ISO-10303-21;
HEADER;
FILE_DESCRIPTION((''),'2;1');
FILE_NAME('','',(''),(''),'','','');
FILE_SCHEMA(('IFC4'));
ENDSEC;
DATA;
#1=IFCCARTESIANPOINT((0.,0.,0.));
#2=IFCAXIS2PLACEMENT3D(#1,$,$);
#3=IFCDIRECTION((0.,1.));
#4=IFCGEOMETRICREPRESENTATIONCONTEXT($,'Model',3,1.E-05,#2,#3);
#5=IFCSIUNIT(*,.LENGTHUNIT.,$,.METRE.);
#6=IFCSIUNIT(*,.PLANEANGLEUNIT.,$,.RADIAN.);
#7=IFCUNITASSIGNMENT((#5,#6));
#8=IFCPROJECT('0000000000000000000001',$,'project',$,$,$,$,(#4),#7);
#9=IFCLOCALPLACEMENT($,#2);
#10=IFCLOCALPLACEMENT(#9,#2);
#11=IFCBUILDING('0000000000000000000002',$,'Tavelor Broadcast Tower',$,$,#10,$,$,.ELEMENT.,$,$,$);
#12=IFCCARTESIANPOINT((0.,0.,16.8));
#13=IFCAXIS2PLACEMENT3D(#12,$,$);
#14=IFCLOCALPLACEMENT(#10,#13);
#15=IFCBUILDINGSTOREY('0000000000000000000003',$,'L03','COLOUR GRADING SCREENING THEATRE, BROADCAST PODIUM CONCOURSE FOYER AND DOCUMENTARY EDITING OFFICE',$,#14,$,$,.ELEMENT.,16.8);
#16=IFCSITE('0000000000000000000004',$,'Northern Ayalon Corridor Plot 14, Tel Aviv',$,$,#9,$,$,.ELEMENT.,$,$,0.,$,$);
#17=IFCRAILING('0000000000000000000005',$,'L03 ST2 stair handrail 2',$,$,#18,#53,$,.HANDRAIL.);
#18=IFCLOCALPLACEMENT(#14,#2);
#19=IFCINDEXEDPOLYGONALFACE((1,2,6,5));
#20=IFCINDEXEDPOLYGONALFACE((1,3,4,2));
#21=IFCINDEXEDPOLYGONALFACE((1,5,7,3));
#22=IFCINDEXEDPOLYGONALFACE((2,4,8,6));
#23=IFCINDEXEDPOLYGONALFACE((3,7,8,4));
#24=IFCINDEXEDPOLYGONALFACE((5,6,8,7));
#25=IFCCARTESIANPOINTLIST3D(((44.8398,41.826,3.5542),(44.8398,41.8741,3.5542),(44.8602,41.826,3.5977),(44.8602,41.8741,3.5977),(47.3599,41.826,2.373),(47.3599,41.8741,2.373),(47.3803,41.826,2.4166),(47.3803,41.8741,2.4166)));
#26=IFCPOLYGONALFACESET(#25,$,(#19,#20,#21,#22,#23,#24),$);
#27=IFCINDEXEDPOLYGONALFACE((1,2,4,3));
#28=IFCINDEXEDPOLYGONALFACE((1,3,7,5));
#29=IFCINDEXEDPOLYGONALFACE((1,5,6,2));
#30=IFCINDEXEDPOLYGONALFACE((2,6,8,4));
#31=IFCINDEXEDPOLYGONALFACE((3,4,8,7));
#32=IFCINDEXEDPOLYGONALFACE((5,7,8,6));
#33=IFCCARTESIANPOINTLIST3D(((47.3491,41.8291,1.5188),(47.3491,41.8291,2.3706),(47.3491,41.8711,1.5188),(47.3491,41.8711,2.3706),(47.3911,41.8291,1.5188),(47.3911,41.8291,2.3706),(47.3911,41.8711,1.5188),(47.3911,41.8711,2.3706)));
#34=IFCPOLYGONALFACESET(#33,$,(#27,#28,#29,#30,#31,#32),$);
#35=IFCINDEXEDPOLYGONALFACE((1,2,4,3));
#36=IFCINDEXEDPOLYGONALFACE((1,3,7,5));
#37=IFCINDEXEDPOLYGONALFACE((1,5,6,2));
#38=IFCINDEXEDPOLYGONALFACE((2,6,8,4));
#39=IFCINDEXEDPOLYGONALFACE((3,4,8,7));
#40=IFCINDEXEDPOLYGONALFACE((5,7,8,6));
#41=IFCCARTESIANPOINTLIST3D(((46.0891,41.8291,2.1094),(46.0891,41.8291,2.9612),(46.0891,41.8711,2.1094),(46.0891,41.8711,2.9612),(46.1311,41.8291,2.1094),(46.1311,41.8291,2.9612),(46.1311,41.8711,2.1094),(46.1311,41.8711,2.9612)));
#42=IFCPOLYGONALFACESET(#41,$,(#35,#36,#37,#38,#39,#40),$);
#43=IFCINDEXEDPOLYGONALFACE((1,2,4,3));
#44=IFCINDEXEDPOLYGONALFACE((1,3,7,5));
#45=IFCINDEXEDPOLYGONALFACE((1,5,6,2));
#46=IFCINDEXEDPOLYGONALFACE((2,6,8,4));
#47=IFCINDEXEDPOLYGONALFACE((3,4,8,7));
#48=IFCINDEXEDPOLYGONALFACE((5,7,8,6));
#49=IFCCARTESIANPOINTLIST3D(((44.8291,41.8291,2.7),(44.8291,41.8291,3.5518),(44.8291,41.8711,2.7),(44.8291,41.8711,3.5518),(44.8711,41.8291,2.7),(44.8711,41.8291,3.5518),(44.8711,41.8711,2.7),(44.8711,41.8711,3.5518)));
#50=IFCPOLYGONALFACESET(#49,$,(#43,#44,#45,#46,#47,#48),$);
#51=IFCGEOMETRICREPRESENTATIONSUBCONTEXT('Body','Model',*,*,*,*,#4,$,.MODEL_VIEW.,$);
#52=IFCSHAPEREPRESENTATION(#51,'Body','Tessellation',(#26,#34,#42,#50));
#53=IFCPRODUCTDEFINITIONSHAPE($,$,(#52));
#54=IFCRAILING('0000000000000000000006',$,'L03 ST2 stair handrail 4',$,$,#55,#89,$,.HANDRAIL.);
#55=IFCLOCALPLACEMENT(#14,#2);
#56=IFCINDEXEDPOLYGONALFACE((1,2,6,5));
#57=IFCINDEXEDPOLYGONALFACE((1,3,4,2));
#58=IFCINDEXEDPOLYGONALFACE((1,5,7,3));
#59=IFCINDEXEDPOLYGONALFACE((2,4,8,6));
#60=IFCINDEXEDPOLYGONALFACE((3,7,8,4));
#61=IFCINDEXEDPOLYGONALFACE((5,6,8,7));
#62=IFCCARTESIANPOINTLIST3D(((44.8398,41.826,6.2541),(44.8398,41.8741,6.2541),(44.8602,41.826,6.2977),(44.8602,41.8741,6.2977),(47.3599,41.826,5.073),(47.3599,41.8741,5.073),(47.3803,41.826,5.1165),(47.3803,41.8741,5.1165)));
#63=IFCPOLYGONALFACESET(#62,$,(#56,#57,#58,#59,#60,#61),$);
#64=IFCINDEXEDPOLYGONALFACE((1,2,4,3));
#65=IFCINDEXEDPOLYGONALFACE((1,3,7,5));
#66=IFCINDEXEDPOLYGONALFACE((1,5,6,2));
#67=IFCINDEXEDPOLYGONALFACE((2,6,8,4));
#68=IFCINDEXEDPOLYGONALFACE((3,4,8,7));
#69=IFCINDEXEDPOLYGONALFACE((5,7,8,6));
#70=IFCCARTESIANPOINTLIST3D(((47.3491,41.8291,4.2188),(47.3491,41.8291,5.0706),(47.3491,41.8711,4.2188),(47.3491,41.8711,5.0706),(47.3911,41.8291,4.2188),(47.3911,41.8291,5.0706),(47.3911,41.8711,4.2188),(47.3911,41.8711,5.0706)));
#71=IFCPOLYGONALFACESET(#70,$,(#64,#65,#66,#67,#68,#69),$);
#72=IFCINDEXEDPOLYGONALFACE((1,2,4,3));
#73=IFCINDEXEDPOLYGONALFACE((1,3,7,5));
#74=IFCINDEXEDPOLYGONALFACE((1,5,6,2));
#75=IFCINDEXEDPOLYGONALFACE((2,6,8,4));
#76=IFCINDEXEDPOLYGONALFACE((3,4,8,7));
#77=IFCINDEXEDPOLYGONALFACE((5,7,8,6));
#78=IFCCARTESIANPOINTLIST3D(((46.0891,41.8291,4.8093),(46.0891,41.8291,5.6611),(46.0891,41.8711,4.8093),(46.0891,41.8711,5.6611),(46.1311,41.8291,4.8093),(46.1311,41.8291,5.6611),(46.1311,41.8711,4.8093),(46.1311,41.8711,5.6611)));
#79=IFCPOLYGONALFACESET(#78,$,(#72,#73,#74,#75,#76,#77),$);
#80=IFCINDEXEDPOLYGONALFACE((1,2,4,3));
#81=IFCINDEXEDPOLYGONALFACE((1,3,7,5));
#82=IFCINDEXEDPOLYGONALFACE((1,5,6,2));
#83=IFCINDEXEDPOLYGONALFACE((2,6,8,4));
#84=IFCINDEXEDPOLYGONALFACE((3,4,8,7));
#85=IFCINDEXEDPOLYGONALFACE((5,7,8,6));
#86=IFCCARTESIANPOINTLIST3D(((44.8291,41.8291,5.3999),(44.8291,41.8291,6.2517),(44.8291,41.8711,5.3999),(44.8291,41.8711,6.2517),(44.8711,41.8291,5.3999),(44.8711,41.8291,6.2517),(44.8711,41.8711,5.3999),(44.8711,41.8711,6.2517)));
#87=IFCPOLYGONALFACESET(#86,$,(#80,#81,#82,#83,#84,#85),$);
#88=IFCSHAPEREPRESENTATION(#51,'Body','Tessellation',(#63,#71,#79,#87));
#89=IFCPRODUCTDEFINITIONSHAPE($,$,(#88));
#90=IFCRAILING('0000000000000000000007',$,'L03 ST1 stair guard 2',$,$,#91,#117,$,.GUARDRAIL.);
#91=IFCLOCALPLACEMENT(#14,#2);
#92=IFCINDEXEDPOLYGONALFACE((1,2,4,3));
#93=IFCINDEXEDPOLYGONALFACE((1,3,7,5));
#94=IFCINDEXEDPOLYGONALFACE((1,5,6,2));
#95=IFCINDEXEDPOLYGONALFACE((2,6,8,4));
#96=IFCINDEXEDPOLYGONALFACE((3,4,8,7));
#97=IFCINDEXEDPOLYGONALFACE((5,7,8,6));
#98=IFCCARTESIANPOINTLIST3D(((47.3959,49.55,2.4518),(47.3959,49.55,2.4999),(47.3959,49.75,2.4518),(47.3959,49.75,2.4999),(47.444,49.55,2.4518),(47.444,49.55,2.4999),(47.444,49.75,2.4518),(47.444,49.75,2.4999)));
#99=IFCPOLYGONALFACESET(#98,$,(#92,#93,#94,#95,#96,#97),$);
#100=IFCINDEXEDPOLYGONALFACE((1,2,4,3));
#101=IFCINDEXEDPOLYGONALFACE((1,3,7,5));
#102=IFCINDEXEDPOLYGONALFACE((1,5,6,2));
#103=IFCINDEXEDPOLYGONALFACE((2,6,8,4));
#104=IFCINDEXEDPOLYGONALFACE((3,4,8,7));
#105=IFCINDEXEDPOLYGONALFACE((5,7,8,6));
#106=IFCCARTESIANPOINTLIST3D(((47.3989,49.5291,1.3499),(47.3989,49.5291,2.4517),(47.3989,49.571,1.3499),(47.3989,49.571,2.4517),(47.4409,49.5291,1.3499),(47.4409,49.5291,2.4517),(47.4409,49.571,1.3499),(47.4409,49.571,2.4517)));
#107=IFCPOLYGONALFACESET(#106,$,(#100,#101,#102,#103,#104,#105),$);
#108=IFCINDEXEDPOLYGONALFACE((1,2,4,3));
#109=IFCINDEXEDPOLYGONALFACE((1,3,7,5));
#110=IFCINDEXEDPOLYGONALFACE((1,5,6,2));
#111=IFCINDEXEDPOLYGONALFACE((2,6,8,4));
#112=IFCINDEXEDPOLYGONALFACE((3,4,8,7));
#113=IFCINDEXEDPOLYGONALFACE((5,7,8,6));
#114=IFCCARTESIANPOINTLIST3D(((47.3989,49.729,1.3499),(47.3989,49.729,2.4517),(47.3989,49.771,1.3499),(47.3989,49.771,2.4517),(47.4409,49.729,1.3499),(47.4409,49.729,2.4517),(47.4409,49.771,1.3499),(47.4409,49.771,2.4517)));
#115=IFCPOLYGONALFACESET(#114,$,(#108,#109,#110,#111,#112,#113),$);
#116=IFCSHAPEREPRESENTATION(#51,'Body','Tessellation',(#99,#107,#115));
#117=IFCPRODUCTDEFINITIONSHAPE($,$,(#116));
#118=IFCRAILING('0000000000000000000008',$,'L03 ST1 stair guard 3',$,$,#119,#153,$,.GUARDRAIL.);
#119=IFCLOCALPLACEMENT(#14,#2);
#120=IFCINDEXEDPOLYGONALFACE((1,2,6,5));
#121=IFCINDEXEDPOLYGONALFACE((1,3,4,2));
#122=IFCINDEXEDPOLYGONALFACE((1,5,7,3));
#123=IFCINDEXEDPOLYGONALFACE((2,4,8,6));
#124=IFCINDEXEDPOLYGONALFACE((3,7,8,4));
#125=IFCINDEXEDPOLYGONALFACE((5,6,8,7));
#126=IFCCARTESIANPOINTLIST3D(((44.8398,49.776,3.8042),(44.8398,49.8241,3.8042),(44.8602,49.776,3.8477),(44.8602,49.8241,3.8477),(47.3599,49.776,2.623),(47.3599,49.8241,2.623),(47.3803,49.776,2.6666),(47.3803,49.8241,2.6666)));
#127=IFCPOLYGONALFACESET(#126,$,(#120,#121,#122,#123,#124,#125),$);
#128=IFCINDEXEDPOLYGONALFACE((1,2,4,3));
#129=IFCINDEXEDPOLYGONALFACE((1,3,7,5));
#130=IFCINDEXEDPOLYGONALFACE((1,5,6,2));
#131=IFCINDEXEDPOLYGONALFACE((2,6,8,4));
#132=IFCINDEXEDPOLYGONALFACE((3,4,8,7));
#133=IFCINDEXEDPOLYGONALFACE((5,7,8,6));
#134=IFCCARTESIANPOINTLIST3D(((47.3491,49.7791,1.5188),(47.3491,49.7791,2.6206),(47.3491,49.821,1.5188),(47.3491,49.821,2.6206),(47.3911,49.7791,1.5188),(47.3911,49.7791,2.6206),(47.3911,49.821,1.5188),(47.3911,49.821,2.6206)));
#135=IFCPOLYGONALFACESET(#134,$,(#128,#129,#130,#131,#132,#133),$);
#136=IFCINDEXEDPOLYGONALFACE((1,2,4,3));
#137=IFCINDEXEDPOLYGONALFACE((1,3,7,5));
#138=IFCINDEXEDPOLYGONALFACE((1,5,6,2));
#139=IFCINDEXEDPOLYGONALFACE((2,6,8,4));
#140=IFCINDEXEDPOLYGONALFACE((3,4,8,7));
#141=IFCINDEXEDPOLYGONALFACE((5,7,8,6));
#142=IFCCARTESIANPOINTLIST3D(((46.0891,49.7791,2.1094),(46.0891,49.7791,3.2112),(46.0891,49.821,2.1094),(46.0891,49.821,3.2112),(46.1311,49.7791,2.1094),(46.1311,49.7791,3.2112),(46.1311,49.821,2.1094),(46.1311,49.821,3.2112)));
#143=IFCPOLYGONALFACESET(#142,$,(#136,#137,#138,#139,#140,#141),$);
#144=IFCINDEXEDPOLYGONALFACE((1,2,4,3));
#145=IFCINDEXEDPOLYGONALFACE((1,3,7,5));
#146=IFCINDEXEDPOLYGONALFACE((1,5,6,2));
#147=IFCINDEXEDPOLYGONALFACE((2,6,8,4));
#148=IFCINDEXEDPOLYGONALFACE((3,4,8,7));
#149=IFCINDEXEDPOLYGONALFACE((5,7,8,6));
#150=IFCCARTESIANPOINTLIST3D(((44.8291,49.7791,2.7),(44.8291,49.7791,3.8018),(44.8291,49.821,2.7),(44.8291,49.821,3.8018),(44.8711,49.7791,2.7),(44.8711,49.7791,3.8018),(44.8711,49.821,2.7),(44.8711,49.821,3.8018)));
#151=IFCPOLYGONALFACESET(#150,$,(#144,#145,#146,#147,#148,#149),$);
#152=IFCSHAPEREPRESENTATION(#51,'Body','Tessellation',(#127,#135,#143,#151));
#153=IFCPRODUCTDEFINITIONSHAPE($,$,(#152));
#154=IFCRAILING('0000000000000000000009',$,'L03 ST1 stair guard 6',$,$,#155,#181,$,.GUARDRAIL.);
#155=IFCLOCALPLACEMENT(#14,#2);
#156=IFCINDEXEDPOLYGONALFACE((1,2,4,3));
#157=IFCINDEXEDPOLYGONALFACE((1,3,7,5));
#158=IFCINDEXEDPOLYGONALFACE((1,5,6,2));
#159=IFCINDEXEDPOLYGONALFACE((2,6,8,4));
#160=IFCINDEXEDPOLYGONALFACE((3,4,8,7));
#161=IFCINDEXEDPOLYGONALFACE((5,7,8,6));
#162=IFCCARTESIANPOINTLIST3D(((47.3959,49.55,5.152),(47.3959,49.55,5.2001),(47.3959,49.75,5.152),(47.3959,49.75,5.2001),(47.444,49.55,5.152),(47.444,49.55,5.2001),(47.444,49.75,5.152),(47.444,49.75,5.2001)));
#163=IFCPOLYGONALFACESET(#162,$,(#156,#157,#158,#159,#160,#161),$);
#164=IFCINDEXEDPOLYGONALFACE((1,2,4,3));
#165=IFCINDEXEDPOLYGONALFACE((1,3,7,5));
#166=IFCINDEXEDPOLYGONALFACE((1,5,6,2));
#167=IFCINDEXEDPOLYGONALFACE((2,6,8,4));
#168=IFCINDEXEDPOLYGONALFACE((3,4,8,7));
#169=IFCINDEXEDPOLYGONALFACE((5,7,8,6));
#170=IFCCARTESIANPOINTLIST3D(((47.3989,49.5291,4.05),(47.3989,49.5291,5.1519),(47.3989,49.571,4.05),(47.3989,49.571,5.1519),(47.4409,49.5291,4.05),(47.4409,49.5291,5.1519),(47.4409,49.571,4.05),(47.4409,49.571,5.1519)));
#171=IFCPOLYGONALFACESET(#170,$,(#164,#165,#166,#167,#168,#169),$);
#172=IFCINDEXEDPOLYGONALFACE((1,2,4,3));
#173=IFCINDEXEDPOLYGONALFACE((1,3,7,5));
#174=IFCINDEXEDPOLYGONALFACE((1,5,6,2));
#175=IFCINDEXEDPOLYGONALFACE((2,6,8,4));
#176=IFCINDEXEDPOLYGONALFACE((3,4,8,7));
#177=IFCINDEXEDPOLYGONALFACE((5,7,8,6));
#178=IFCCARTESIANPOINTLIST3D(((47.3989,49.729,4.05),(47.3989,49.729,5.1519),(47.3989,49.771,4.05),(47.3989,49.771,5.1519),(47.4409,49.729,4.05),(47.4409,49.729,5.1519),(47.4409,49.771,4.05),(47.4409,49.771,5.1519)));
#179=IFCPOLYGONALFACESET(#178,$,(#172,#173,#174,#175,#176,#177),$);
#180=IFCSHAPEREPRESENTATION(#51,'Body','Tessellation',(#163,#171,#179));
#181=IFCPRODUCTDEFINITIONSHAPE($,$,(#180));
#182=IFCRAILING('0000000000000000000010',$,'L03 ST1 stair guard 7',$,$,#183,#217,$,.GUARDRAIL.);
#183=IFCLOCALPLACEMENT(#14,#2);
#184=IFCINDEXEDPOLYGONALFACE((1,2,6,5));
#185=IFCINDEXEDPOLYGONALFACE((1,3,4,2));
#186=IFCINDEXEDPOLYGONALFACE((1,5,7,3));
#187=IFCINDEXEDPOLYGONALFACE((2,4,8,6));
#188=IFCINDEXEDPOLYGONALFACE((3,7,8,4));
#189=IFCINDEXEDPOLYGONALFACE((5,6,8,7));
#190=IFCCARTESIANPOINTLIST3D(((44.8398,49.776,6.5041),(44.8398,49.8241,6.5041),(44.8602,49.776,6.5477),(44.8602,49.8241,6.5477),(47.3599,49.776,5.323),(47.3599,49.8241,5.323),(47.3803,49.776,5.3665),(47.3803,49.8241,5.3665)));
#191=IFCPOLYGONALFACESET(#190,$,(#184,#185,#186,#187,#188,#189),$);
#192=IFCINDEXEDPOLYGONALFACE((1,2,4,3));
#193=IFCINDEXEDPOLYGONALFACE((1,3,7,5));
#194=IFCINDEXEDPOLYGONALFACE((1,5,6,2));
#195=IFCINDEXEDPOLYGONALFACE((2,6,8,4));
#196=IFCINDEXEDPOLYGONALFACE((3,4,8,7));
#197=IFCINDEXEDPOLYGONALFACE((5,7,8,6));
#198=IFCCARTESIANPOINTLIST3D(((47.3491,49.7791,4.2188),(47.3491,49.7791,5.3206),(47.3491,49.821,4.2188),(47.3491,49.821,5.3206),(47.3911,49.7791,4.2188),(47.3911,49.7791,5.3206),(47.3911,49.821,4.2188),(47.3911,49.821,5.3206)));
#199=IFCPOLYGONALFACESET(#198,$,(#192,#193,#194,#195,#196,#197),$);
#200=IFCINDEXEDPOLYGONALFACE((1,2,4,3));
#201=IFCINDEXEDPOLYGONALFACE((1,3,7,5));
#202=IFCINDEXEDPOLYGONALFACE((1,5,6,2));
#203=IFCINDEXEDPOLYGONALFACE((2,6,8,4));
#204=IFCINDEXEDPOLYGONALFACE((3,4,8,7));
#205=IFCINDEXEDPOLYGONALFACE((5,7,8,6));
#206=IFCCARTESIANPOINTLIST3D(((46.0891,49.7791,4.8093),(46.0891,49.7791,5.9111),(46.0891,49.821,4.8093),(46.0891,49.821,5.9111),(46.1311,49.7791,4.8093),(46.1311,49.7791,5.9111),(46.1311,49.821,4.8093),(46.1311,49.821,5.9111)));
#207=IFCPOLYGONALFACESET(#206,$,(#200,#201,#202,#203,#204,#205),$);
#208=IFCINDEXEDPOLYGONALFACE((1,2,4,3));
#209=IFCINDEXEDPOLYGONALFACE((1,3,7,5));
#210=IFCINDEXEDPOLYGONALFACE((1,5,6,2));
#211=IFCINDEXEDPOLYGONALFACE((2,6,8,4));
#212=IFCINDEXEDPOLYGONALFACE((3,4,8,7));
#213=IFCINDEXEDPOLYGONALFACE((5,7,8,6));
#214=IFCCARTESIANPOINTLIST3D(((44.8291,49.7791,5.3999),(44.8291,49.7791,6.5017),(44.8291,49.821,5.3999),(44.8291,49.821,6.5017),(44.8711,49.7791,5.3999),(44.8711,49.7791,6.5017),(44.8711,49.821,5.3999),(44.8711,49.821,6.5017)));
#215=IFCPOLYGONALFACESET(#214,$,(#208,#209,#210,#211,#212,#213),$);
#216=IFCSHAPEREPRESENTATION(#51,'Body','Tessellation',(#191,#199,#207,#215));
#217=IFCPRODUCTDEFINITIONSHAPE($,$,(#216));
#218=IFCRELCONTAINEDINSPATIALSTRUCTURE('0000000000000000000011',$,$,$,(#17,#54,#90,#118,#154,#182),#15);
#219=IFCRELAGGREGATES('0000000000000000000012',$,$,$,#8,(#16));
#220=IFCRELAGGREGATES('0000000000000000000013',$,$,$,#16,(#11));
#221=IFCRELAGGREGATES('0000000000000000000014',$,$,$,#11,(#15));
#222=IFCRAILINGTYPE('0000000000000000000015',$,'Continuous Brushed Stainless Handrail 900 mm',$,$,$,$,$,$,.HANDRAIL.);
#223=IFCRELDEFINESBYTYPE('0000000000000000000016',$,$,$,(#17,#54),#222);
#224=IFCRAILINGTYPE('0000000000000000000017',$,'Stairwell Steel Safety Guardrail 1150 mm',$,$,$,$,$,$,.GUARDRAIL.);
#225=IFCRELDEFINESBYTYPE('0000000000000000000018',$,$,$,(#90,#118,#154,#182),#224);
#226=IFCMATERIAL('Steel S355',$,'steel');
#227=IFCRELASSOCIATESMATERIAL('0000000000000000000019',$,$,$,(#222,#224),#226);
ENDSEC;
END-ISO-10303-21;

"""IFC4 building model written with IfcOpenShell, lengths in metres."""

from ifc_helpers import new_model, si_unit, direction, frame, origin, origin_2d, place, context, subcontext, project, spatial, rectangle, extrude, material, type_object, element, save


model = new_model("IFC4")

# Units and contexts
model_context = context("Model", 3, precision=1e-05, world=origin(), true_north=direction((0.0, 1.0)))
body_context = subcontext(model_context, "Body", "Model", "MODEL_VIEW")
ifc_project = project(units=[si_unit("LENGTHUNIT", "METRE"), si_unit("PLANEANGLEUNIT", "RADIAN")], contexts=[model_context])

# Site, building, storey
site_placement = place(None, origin())
site = spatial("IfcSite", under=ifc_project, at=site_placement, Name="Northern Ayalon Corridor Plot 14, Tel Aviv", CompositionType="ELEMENT", RefElevation=0.0)
building_placement = place(site_placement, origin())
building = spatial("IfcBuilding", under=site, at=building_placement, Name="Tavelor Broadcast Tower", CompositionType="ELEMENT")
storey_placement = place(building_placement, frame((0.0, 0.0, 16.8)))
storey = spatial("IfcBuildingStorey", under=building, at=storey_placement, Name="L03", Description="COLOUR GRADING SCREENING THEATRE, BROADCAST PODIUM CONCOURSE FOYER AND DOCUMENTARY EDITING OFFICE", CompositionType="ELEMENT", Elevation=16.8)

# Shared definitions
ifc_material_1 = material(Name="Steel S355", Category="steel")

# Railings
railing_type_1 = type_object("IfcRailingType", Name="Continuous Brushed Stainless Handrail 900 mm", PredefinedType="HANDRAIL", material=ifc_material_1)
for number, where, name in (
    (1, (47.3701, 41.8501, 1.5188), "L03 ST2 stair handrail 2"),
    (2, (47.3701, 41.8501, 4.2188), "L03 ST2 stair handrail 4"),
):
    element("IfcRailing", number, at=place(storey_placement, frame(where)), inside=storey, type_object=railing_type_1, Name=name, PredefinedType="HANDRAIL", context=body_context, shape_type="SweptSolid", body=[
        extrude(rectangle(XDim=0.0481, YDim=0.0481, at=origin_2d()), frame((0.0, 0.0, 0.876), z_axis=(-0.905474, 0.0, 0.424402), x_axis=(0.0, -1.0, 0.0)), (0.0, 0.0, 1.0), 2.7832),
        extrude(rectangle(XDim=0.042, YDim=0.042, at=origin_2d()), origin(), (0.0, 0.0, 1.0), 0.8518),
        extrude(rectangle(XDim=0.042, YDim=0.042, at=origin_2d()), frame((-1.26, 0.0, 0.5906)), (0.0, 0.0, 1.0), 0.8518),
        extrude(rectangle(XDim=0.042, YDim=0.042, at=origin_2d()), frame((-2.52, 0.0, 1.1812)), (0.0, 0.0, 1.0), 0.8518),
    ])
railing_type_2 = type_object("IfcRailingType", Name="Stairwell Steel Safety Guardrail 1150 mm", PredefinedType="GUARDRAIL", material=ifc_material_1)
railing_1_placement = place(storey_placement, frame((47.4199, 49.55, 1.3499)))
element("IfcRailing", 3, at=railing_1_placement, inside=storey, type_object=railing_type_2, Name="L03 ST1 stair guard 2", PredefinedType="GUARDRAIL", context=body_context, shape_type="SweptSolid", body=[
    extrude(rectangle(XDim=0.0481, YDim=0.0481, at=origin_2d()), frame((0.0, 0.0, 1.126), z_axis=(0.0, 1.0, 0.0), x_axis=(-1.0, 0.0, 0.0)), (0.0, 0.0, 1.0), 0.2),
    extrude(rectangle(XDim=0.042, YDim=0.042, at=origin_2d()), origin(), (0.0, 0.0, 1.0), 1.1018),
    extrude(rectangle(XDim=0.042, YDim=0.042, at=origin_2d()), frame((0.0, 0.2, 0.0)), (0.0, 0.0, 1.0), 1.1018),
])
railing_2_placement = place(storey_placement, frame((47.3701, 49.8, 1.5188)))
element("IfcRailing", 4, at=railing_2_placement, inside=storey, type_object=railing_type_2, Name="L03 ST1 stair guard 3", PredefinedType="GUARDRAIL", context=body_context, shape_type="SweptSolid", body=[
    extrude(rectangle(XDim=0.0481, YDim=0.0481, at=origin_2d()), frame((0.0, 0.0, 1.126), z_axis=(-0.905474, 0.0, 0.424402), x_axis=(0.0, -1.0, 0.0)), (0.0, 0.0, 1.0), 2.7832),
    extrude(rectangle(XDim=0.042, YDim=0.042, at=origin_2d()), origin(), (0.0, 0.0, 1.0), 1.1018),
    extrude(rectangle(XDim=0.042, YDim=0.042, at=origin_2d()), frame((-1.26, 0.0, 0.5906)), (0.0, 0.0, 1.0), 1.1018),
    extrude(rectangle(XDim=0.042, YDim=0.042, at=origin_2d()), frame((-2.52, 0.0, 1.1812)), (0.0, 0.0, 1.0), 1.1018),
])
railing_3_placement = place(storey_placement, frame((47.4199, 49.55, 4.05)))
element("IfcRailing", 5, at=railing_3_placement, inside=storey, type_object=railing_type_2, Name="L03 ST1 stair guard 6", PredefinedType="GUARDRAIL", context=body_context, shape_type="SweptSolid", body=[
    extrude(rectangle(XDim=0.0481, YDim=0.0481, at=origin_2d()), frame((0.0, 0.0, 1.126), z_axis=(0.0, 1.0, 0.0), x_axis=(-1.0, 0.0, 0.0)), (0.0, 0.0, 1.0), 0.2),
    extrude(rectangle(XDim=0.042, YDim=0.042, at=origin_2d()), origin(), (0.0, 0.0, 1.0), 1.1018),
    extrude(rectangle(XDim=0.042, YDim=0.042, at=origin_2d()), frame((0.0, 0.2, 0.0)), (0.0, 0.0, 1.0), 1.1018),
])
railing_4_placement = place(storey_placement, frame((47.3701, 49.8, 4.2188)))
element("IfcRailing", 6, at=railing_4_placement, inside=storey, type_object=railing_type_2, Name="L03 ST1 stair guard 7", PredefinedType="GUARDRAIL", context=body_context, shape_type="SweptSolid", body=[
    extrude(rectangle(XDim=0.0481, YDim=0.0481, at=origin_2d()), frame((0.0, 0.0, 1.126), z_axis=(-0.905474, 0.0, 0.424402), x_axis=(0.0, -1.0, 0.0)), (0.0, 0.0, 1.0), 2.7832),
    extrude(rectangle(XDim=0.042, YDim=0.042, at=origin_2d()), origin(), (0.0, 0.0, 1.0), 1.1018),
    extrude(rectangle(XDim=0.042, YDim=0.042, at=origin_2d()), frame((-1.26, 0.0, 0.5906)), (0.0, 0.0, 1.0), 1.1018),
    extrude(rectangle(XDim=0.042, YDim=0.042, at=origin_2d()), frame((-2.52, 0.0, 1.1812)), (0.0, 0.0, 1.0), 1.1018),
])

save(model, "model.ifc")
